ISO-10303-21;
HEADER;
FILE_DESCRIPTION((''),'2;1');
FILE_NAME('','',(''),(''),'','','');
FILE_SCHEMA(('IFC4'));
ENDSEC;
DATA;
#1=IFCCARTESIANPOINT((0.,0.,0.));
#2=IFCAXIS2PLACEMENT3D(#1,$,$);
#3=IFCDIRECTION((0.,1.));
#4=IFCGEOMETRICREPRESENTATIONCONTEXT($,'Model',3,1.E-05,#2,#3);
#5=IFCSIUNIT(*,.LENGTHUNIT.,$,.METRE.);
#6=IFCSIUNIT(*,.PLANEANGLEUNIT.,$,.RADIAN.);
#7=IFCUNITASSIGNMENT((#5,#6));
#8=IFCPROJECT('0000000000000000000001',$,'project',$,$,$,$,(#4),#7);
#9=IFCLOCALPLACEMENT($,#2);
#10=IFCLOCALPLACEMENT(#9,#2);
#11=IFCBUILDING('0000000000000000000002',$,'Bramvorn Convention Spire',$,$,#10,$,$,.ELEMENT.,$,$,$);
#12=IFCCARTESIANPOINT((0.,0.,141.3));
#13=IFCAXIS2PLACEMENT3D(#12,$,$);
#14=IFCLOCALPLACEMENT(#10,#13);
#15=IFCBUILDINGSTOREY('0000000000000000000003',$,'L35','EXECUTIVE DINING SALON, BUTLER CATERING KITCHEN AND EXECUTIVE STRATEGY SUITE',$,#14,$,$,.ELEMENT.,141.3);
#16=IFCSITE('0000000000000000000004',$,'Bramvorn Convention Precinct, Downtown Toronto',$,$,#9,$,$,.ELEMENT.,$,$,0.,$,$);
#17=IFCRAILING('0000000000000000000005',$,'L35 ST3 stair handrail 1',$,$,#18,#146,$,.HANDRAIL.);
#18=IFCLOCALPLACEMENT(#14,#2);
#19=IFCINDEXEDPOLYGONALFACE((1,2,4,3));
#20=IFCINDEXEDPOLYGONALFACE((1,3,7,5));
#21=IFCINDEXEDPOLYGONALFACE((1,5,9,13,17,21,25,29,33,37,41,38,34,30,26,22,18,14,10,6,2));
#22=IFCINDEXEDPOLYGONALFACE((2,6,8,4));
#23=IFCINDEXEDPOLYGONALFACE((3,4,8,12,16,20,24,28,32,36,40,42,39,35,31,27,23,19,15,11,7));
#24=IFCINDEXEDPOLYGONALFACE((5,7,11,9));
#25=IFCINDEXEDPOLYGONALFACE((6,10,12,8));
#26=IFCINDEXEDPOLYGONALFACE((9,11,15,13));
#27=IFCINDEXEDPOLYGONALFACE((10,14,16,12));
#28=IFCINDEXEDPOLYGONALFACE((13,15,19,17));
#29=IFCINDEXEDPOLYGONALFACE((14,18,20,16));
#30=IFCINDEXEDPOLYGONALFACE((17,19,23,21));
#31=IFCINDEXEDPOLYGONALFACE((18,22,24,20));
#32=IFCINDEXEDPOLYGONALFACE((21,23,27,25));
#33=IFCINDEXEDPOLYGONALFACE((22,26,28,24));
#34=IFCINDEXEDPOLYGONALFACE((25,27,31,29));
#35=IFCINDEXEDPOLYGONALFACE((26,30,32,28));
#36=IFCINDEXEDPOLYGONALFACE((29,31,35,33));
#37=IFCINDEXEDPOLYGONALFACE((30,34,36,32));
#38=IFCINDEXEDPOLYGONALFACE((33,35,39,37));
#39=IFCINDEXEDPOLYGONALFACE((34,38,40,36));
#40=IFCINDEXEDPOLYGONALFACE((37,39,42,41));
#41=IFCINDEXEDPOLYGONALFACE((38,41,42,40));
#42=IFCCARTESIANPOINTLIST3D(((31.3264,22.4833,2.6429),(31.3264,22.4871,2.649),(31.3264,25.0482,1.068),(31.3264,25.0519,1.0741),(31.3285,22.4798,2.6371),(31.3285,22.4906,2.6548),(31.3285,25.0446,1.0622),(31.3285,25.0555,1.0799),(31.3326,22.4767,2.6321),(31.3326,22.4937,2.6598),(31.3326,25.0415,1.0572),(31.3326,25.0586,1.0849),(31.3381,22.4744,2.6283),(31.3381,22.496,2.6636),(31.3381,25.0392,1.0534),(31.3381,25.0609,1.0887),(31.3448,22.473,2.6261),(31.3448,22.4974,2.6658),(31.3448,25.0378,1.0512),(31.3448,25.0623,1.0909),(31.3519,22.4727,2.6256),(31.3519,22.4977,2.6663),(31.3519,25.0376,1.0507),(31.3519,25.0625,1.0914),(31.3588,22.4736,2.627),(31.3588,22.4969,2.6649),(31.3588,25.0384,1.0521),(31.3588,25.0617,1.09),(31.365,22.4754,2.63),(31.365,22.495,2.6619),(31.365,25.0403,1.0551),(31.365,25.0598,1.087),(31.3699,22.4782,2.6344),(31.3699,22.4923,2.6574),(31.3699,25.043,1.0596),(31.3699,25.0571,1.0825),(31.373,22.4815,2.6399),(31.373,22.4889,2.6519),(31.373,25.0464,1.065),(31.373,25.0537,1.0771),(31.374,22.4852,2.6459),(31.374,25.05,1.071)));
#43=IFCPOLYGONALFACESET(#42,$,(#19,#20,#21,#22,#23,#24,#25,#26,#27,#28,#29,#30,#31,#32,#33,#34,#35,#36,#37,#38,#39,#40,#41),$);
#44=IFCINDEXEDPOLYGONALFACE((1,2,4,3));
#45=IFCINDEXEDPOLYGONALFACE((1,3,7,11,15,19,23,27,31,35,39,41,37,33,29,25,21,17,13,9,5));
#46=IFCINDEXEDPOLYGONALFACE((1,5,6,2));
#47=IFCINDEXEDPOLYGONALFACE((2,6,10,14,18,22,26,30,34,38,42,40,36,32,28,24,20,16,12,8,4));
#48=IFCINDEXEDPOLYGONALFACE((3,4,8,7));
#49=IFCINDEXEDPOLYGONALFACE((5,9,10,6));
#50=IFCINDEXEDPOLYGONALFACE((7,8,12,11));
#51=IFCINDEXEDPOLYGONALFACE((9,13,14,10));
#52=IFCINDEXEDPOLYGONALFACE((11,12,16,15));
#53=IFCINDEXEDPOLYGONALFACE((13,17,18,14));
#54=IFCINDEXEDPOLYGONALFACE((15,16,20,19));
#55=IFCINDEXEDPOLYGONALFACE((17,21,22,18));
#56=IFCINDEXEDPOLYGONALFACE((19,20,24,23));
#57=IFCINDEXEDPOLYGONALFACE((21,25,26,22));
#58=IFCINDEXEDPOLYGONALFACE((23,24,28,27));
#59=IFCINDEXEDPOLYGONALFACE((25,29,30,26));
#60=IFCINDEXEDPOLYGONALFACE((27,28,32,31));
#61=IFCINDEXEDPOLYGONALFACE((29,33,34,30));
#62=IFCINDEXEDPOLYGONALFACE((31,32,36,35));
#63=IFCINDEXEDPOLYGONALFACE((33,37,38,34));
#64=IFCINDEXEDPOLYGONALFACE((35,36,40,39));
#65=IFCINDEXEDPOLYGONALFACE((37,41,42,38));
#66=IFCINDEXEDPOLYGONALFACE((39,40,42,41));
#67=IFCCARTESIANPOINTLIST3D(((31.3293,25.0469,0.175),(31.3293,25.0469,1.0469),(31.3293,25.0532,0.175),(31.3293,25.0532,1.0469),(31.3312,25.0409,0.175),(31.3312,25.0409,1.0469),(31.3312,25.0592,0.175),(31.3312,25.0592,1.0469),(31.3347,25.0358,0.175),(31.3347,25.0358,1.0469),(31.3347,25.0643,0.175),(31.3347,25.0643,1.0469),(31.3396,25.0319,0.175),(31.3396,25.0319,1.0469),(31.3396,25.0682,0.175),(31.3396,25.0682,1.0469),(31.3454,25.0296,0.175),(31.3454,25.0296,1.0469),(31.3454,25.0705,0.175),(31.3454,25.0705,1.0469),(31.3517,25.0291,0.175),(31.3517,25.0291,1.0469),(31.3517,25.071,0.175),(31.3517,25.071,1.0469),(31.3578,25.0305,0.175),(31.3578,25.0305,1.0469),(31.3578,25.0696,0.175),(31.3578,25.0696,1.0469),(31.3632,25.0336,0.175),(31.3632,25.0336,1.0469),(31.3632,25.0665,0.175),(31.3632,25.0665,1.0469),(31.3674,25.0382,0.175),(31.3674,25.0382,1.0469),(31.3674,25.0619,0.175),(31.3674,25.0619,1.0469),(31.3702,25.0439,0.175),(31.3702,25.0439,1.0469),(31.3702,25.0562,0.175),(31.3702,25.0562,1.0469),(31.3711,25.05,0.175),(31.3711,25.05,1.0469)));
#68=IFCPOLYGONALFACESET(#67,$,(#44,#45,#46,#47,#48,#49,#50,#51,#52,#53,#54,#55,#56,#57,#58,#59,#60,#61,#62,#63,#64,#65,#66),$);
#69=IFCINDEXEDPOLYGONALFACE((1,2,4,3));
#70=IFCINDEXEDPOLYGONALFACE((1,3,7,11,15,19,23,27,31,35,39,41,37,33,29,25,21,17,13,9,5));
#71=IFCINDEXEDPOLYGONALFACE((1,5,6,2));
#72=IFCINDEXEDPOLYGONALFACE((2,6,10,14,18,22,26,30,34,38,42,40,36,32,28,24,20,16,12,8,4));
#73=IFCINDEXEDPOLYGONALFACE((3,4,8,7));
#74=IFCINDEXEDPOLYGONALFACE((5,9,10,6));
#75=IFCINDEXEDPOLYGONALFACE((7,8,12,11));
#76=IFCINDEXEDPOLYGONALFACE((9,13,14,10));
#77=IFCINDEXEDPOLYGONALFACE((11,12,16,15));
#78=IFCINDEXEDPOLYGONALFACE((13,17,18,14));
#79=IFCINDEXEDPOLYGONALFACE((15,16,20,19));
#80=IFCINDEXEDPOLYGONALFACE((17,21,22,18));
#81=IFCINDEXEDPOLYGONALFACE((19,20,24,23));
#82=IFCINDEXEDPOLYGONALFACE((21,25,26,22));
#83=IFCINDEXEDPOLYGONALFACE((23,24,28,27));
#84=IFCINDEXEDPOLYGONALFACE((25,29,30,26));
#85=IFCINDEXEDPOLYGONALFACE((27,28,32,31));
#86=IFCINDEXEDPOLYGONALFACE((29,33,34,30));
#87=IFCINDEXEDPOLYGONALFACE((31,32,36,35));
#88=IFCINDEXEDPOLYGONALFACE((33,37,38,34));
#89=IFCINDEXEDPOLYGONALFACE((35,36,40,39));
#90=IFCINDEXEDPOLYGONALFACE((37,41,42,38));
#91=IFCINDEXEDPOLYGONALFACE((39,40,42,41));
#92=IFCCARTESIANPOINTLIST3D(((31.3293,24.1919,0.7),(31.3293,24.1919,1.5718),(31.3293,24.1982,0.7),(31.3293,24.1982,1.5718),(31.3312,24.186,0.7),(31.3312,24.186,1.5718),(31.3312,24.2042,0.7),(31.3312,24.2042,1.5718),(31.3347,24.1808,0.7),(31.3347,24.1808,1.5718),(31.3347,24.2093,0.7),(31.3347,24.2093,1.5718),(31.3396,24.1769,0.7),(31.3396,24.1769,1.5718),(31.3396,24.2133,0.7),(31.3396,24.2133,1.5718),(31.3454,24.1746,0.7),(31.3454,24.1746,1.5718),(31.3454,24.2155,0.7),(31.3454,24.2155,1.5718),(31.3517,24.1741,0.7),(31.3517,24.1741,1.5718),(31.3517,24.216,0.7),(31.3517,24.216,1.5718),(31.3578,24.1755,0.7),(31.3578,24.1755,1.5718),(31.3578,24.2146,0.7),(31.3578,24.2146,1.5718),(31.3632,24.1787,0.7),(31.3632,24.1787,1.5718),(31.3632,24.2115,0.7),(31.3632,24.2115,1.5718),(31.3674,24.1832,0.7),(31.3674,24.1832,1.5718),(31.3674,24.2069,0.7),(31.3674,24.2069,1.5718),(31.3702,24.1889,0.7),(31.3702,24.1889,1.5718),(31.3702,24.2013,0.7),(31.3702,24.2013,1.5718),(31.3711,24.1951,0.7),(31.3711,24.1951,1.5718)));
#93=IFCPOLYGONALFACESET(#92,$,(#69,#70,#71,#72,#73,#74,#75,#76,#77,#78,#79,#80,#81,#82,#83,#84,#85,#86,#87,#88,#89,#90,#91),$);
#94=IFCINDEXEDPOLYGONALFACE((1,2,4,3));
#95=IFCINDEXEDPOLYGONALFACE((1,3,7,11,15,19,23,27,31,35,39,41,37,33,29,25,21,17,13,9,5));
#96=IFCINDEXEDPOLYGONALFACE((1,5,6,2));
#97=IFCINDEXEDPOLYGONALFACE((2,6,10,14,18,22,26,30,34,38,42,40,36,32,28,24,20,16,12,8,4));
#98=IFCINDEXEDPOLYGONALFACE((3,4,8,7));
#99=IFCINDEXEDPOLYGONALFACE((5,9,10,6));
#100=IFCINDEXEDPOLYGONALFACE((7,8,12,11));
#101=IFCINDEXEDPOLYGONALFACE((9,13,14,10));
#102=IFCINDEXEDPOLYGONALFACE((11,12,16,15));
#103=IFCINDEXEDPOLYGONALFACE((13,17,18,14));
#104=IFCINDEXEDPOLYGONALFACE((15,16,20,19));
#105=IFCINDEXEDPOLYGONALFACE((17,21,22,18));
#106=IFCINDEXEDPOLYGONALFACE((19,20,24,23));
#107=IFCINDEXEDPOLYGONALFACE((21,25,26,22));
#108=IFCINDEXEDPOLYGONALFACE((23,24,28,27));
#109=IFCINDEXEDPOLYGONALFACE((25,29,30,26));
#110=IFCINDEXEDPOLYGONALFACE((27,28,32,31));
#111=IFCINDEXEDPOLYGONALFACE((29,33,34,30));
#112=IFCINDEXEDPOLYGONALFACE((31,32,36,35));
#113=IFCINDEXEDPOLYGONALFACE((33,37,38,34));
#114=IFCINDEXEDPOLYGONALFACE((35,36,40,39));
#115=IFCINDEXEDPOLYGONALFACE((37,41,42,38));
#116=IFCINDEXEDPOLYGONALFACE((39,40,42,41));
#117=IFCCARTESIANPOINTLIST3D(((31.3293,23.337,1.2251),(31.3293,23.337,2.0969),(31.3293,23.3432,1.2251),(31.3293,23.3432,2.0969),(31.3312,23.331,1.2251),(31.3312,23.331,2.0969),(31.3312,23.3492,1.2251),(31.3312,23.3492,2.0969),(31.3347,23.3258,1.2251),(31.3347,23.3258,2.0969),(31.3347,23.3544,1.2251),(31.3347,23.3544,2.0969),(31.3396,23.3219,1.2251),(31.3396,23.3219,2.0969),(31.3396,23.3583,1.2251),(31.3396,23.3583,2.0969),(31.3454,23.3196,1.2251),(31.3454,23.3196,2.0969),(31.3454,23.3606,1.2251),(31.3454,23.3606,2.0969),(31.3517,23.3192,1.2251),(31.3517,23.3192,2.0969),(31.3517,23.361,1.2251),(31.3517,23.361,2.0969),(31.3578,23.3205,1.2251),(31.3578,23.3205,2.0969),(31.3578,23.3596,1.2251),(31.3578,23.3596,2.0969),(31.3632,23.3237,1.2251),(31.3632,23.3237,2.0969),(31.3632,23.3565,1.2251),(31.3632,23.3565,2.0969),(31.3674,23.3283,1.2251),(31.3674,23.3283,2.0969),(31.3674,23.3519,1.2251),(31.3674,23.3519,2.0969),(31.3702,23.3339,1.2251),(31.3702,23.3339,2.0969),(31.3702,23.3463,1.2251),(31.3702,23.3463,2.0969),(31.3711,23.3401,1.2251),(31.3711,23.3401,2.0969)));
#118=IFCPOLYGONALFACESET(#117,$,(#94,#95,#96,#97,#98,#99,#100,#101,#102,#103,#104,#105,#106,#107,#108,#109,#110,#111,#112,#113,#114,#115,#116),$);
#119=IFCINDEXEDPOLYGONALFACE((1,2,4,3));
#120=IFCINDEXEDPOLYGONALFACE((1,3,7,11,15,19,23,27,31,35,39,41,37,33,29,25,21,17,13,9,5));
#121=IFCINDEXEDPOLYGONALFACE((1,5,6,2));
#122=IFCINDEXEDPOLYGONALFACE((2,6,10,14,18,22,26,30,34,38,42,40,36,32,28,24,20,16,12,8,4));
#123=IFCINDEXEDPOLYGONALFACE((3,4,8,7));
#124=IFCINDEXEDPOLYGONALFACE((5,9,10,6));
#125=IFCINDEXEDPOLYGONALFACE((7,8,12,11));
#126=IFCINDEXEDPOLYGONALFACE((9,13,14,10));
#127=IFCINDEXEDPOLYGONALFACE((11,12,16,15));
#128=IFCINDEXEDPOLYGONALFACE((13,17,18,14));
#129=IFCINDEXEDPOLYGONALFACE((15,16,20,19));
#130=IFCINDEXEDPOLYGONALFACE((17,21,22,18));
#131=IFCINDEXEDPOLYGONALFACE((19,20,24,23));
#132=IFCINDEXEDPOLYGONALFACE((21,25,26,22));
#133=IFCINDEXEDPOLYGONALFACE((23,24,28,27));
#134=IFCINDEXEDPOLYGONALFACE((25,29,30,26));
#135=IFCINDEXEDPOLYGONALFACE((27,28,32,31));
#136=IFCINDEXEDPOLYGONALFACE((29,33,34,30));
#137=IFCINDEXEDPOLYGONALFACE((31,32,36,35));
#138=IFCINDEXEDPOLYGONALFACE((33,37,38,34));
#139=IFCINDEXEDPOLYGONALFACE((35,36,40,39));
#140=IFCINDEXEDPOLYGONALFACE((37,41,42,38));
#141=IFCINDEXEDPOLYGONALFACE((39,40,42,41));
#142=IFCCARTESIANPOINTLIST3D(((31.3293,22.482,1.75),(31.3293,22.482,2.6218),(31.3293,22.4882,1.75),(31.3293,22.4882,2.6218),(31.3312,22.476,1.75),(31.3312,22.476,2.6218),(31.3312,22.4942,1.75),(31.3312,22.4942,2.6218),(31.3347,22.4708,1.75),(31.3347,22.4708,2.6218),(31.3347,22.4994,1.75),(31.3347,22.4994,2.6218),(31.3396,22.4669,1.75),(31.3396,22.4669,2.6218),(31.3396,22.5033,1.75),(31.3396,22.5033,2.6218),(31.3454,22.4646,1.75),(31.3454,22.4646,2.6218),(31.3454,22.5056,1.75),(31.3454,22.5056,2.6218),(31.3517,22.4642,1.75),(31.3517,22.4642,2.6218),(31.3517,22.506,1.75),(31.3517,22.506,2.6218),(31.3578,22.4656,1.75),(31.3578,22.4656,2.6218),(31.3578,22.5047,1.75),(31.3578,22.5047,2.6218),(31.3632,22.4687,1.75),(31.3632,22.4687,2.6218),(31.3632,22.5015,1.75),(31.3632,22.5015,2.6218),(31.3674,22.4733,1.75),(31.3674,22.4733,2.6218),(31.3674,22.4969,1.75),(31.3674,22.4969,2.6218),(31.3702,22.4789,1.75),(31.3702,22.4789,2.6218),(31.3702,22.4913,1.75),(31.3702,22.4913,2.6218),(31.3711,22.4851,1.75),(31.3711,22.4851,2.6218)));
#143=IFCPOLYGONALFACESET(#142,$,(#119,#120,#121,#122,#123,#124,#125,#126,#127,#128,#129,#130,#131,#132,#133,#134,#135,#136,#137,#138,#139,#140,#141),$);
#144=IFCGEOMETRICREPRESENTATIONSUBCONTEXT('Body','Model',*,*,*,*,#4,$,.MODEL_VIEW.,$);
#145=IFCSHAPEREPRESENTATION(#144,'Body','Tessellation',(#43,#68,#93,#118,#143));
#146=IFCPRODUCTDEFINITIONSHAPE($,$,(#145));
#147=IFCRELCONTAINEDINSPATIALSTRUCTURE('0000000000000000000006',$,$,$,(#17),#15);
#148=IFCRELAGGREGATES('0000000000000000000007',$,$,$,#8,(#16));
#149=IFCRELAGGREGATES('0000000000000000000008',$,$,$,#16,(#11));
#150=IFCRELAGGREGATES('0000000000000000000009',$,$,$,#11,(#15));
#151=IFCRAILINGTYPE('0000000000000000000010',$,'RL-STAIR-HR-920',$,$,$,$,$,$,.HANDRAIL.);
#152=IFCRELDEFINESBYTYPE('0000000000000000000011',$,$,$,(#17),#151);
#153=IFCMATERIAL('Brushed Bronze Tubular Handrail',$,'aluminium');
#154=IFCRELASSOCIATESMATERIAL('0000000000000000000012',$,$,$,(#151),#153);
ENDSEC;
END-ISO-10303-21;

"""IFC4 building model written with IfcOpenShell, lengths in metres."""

from ifc_helpers import new_model, si_unit, direction, frame, origin, origin_2d, place, context, subcontext, project, spatial, circle, extrude, material, type_object, element, save


model = new_model("IFC4")

# Units and contexts
model_context = context("Model", 3, precision=1e-05, world=origin(), true_north=direction((0.0, 1.0)))
body_context = subcontext(model_context, "Body", "Model", "MODEL_VIEW")
ifc_project = project(units=[si_unit("LENGTHUNIT", "METRE"), si_unit("PLANEANGLEUNIT", "RADIAN")], contexts=[model_context])

# Site, building, storey
site_placement = place(None, origin())
site = spatial("IfcSite", under=ifc_project, at=site_placement, Name="Bramvorn Convention Precinct, Downtown Toronto", CompositionType="ELEMENT", RefElevation=0.0)
building_placement = place(site_placement, origin())
building = spatial("IfcBuilding", under=site, at=building_placement, Name="Bramvorn Convention Spire", CompositionType="ELEMENT")
storey_placement = place(building_placement, frame((0.0, 0.0, 141.3)))
storey = spatial("IfcBuildingStorey", under=building, at=storey_placement, Name="L35", Description="EXECUTIVE DINING SALON, BUTLER CATERING KITCHEN AND EXECUTIVE STRATEGY SUITE", CompositionType="ELEMENT", Elevation=141.3)

# Railing
ifc_material_1 = material(Name="Brushed Bronze Tubular Handrail", Category="aluminium")
railing_type_1 = type_object("IfcRailingType", Name="RL-STAIR-HR-920", PredefinedType="HANDRAIL", material=ifc_material_1)
railing_1_placement = place(storey_placement, frame((31.3501, 25.05, 0.175)))
element("IfcRailing", 1, at=railing_1_placement, inside=storey, type_object=railing_type_1, Name="L35 ST3 stair handrail 1", PredefinedType="HANDRAIL", context=body_context, shape_type="SweptSolid", body=[
    extrude(circle(Radius=0.0239, at=origin_2d()), frame((0.0, 0.0, 0.896), z_axis=(0.0, -0.852173, 0.52326), x_axis=(1.0, 0.0, 0.0)), (0.0, 0.0, 1.0), 3.0098),
    extrude(circle(Radius=0.021, at=origin_2d()), origin(), (0.0, 0.0, 1.0), 0.8718),
    extrude(circle(Radius=0.021, at=origin_2d()), frame((0.0, -0.855, 0.5249)), (0.0, 0.0, 1.0), 0.8718),
    extrude(circle(Radius=0.021, at=origin_2d()), frame((0.0, -1.71, 1.05)), (0.0, 0.0, 1.0), 0.8718),
    extrude(circle(Radius=0.021, at=origin_2d()), frame((0.0, -2.5649, 1.575)), (0.0, 0.0, 1.0), 0.8718),
])

save(model, "model.ifc")
